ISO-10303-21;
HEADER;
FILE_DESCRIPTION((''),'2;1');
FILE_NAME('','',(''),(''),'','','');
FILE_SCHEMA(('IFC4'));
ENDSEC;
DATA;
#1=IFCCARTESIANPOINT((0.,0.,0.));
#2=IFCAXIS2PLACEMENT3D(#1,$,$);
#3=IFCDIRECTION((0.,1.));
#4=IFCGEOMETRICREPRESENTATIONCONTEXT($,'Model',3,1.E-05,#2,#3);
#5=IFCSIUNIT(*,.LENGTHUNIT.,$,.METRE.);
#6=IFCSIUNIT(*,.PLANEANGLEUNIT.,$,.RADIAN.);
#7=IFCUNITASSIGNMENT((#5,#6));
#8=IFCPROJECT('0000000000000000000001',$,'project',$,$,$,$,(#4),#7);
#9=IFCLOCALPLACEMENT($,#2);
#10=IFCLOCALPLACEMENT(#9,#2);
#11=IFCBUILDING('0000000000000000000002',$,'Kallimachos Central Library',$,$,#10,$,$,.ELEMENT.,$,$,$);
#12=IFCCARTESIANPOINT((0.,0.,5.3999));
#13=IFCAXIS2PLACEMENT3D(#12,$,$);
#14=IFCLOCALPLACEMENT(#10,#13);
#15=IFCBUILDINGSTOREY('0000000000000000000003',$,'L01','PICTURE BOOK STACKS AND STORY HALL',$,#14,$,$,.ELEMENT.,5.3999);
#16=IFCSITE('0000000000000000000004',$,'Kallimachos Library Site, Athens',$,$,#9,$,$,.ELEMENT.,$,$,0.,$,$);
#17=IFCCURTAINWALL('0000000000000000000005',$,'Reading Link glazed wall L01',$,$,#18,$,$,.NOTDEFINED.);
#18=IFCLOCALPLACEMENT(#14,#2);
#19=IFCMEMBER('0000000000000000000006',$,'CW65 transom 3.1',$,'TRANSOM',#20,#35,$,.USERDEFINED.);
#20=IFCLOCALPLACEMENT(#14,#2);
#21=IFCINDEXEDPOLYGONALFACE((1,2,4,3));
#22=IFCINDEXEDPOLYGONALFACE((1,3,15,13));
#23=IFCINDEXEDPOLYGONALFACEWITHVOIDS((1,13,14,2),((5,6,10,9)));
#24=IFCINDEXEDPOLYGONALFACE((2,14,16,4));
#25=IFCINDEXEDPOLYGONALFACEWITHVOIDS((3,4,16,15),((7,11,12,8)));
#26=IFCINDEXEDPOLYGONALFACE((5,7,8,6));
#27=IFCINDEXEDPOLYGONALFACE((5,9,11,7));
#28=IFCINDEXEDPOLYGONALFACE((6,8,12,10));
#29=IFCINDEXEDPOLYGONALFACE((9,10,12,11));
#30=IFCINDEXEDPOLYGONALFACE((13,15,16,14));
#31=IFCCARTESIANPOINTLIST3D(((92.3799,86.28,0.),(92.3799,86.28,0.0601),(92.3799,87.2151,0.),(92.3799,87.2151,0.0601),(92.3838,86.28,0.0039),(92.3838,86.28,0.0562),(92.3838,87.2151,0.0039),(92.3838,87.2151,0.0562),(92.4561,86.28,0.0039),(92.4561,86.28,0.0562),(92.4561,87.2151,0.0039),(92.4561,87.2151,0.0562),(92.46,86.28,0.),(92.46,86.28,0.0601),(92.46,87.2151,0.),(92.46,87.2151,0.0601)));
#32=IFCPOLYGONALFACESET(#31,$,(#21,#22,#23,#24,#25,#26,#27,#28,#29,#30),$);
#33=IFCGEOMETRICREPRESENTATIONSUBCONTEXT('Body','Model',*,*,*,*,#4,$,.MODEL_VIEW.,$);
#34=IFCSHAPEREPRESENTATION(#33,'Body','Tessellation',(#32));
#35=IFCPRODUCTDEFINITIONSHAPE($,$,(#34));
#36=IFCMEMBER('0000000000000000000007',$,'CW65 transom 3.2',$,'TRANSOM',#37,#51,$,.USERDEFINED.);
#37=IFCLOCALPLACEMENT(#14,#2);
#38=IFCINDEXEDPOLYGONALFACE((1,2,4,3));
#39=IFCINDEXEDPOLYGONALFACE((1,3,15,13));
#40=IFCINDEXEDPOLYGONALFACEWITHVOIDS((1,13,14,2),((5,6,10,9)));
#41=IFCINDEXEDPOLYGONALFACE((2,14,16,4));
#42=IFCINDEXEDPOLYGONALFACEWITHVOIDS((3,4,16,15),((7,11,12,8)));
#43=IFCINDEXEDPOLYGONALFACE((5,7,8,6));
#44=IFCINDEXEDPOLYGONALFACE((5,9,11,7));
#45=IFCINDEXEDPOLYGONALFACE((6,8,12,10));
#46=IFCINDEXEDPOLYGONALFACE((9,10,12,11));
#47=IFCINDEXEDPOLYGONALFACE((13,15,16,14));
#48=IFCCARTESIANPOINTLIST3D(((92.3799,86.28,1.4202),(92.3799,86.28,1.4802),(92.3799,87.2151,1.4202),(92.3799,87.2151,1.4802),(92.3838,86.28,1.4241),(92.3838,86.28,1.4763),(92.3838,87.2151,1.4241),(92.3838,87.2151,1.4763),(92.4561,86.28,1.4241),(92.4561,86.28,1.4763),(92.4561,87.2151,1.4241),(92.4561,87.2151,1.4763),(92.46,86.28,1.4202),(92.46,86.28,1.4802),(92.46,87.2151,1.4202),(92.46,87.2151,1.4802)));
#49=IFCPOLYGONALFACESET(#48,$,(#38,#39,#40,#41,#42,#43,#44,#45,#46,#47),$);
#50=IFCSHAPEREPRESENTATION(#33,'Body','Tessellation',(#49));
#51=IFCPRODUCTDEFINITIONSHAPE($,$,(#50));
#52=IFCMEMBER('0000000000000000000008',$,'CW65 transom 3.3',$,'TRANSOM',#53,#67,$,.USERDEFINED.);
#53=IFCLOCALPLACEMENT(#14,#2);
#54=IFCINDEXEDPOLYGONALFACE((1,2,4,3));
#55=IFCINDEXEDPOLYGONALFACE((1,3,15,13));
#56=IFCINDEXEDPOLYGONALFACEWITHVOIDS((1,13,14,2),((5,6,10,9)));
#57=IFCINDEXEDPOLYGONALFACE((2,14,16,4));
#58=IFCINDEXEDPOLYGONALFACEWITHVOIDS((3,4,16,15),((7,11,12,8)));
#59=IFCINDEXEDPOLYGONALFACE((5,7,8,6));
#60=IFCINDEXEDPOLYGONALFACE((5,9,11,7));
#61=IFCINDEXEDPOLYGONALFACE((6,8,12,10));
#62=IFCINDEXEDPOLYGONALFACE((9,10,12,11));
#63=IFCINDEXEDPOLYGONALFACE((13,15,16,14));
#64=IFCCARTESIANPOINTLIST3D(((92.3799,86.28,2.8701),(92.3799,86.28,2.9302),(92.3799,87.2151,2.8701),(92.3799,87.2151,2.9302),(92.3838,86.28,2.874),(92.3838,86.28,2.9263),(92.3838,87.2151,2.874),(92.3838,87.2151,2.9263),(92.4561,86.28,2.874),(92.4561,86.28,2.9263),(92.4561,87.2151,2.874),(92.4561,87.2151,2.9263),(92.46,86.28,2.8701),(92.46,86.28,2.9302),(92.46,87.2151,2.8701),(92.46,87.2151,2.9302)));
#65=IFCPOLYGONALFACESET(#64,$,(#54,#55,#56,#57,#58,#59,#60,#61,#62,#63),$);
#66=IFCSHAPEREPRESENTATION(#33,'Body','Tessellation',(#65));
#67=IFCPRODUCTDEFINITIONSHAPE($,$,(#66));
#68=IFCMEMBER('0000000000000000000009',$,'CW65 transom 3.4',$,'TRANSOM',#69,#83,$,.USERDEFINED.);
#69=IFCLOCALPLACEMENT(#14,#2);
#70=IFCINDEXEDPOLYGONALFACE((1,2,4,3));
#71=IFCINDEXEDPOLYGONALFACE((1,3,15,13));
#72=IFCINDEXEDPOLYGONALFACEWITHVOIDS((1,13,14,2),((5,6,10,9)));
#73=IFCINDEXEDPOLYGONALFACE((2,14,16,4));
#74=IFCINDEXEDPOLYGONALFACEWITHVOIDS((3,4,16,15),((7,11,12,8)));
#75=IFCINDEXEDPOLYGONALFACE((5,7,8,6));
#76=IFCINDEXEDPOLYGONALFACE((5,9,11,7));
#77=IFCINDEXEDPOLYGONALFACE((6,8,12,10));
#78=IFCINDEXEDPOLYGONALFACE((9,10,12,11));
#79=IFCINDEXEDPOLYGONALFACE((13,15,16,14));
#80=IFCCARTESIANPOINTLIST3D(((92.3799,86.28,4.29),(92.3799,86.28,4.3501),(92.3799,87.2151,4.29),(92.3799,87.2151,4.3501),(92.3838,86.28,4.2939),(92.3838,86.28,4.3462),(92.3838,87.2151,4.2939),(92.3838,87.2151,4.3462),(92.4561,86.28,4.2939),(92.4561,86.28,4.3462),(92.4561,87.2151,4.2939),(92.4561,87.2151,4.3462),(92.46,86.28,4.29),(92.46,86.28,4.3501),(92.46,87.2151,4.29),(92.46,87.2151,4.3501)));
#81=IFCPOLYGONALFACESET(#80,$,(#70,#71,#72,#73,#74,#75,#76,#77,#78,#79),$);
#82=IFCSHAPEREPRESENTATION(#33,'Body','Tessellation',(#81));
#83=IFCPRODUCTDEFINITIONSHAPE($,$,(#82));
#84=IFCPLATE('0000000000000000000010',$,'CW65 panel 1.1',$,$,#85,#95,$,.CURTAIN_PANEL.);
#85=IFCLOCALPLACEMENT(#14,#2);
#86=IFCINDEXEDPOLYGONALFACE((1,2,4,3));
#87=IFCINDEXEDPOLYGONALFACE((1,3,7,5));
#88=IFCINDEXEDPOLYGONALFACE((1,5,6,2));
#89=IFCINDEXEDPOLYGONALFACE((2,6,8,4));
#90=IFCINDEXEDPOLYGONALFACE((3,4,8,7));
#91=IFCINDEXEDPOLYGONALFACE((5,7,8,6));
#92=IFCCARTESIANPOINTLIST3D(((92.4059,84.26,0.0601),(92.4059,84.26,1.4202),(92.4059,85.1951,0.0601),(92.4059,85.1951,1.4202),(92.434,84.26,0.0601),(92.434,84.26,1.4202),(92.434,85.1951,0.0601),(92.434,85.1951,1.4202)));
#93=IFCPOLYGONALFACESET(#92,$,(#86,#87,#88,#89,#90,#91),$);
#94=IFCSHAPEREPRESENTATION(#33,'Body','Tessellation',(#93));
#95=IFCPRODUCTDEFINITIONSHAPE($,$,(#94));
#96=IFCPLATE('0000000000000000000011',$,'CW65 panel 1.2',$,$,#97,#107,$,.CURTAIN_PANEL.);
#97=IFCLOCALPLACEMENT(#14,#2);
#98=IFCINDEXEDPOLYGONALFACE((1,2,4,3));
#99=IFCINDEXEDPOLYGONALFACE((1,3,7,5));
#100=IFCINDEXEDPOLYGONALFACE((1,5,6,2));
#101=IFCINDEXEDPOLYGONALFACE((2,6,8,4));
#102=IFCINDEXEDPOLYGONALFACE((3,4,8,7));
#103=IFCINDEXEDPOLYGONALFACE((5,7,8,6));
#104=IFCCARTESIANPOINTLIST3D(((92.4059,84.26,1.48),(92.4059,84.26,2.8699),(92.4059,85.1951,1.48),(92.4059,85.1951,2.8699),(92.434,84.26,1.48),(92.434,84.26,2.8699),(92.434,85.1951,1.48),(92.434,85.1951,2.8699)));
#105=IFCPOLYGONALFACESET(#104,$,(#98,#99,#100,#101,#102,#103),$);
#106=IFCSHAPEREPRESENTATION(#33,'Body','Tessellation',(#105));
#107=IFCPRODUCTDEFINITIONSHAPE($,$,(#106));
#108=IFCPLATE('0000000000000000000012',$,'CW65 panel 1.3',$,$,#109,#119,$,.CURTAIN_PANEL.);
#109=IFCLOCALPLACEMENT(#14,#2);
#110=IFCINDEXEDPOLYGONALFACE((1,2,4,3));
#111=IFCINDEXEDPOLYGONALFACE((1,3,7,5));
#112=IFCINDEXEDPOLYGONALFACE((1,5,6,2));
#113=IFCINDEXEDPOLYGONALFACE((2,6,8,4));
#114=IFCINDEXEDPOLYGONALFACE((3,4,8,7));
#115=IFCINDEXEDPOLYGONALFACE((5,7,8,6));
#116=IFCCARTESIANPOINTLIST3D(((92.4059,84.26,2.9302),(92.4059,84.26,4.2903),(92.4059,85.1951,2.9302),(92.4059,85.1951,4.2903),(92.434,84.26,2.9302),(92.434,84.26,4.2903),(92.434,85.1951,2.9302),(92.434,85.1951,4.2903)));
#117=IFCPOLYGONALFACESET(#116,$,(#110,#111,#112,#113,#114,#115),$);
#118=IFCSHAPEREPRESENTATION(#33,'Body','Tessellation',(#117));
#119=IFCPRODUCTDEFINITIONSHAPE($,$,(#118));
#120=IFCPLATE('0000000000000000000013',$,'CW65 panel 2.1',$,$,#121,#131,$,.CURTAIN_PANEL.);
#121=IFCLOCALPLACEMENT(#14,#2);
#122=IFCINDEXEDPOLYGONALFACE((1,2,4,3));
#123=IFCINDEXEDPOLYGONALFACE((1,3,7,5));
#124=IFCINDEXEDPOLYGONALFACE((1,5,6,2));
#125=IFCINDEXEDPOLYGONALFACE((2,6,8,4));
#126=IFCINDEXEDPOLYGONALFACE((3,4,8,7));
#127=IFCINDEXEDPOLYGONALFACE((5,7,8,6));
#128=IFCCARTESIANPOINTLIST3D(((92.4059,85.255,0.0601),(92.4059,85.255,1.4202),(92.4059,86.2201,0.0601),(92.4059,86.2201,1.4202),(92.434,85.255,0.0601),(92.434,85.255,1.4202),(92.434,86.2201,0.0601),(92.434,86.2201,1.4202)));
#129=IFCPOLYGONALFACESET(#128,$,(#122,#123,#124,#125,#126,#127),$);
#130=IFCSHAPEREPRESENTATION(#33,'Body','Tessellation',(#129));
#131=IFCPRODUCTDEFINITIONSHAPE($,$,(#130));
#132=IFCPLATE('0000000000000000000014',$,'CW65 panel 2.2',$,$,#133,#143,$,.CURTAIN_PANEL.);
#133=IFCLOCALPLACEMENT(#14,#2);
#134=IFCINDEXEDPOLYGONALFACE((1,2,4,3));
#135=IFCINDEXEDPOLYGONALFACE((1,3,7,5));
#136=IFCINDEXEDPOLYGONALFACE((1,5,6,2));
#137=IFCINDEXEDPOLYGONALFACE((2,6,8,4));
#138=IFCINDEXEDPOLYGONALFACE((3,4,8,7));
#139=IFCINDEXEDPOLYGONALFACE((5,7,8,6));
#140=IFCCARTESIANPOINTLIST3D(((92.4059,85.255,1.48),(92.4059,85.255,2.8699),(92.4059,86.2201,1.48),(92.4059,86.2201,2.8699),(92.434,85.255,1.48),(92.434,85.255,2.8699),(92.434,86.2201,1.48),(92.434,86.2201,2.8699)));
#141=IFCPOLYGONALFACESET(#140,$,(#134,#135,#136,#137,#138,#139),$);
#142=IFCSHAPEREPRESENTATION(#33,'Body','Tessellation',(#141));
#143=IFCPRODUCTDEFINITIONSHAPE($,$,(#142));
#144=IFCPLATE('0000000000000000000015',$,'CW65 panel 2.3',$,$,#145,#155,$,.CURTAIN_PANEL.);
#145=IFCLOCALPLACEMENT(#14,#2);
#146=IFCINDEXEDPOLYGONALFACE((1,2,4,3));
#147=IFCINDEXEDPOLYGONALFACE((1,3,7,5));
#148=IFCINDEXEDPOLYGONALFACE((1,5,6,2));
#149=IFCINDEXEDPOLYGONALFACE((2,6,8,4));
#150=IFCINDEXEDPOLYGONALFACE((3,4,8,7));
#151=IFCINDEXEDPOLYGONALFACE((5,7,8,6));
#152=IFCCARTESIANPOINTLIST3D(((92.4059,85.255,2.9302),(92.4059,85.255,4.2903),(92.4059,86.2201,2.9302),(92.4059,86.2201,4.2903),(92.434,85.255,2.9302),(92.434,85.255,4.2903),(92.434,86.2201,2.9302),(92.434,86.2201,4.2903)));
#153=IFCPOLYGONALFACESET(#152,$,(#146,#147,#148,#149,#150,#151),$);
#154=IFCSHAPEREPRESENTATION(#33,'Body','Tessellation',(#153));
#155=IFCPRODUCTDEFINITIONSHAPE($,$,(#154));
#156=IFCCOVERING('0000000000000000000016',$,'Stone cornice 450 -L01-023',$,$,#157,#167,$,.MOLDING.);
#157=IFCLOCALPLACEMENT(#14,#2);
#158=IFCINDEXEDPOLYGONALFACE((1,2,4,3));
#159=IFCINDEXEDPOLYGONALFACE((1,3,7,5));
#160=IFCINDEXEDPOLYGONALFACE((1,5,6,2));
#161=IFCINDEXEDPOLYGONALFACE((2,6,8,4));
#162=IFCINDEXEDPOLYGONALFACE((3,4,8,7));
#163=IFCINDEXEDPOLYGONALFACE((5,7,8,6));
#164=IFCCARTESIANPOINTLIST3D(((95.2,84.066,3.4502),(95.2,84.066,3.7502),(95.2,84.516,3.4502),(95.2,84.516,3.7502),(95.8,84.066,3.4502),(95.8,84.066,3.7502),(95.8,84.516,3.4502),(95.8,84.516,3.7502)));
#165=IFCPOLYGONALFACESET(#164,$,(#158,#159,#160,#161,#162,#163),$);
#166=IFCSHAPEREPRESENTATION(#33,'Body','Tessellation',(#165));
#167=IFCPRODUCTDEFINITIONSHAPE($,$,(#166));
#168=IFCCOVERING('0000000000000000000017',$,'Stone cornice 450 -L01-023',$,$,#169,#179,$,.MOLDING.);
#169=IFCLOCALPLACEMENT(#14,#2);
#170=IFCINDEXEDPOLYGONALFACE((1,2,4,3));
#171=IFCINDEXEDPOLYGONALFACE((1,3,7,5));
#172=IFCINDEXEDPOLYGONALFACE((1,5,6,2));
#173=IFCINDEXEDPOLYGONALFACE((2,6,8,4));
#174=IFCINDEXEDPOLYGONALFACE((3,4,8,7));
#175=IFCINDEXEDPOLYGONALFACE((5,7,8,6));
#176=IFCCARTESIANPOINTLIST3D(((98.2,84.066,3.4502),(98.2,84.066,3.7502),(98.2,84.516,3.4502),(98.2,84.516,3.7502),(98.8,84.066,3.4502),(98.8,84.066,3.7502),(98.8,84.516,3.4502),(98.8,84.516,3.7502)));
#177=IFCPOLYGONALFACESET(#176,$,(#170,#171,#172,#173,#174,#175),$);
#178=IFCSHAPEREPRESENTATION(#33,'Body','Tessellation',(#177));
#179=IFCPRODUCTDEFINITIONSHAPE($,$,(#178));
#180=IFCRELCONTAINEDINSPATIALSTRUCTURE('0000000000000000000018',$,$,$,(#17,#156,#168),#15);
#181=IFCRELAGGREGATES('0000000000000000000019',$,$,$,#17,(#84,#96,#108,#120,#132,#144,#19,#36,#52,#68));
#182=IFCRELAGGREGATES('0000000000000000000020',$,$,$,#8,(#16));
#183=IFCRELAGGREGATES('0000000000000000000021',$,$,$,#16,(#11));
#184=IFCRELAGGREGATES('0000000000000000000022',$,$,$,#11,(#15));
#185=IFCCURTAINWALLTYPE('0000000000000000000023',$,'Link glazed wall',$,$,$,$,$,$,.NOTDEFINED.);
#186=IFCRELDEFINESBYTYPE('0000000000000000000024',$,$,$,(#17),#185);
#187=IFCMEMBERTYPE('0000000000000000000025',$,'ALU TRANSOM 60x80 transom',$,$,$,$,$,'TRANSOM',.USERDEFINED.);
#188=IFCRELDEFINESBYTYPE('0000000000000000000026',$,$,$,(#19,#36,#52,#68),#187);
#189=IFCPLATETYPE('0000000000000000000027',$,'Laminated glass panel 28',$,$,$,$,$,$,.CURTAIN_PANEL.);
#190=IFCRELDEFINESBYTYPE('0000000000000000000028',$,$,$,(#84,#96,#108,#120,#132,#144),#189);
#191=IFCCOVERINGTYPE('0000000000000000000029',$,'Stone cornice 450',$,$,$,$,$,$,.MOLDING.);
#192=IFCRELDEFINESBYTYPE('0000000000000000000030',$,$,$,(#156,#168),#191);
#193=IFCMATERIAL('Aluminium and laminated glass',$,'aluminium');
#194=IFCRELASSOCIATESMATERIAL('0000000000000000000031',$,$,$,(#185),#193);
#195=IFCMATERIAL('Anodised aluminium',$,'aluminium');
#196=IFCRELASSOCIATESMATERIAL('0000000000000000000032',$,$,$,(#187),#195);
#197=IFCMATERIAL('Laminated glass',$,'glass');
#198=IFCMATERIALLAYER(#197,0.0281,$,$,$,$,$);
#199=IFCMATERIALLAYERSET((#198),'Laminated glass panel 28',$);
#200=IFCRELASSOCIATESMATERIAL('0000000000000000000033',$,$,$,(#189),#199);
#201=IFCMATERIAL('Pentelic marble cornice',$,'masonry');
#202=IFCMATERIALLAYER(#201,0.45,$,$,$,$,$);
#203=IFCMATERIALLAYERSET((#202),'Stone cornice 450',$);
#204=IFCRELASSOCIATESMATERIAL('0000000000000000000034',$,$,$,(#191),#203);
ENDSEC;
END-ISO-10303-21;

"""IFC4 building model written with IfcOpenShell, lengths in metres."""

from ifc_helpers import new_model, si_unit, direction, frame, origin, origin_2d, place, context, subcontext, project, spatial, rectangle, hollow_rectangle, extrude, material, layer, layer_set, material_profile, profile_set, type_object, element, aggregate, save


model = new_model("IFC4")

# Units and contexts
model_context = context("Model", 3, precision=1e-05, world=origin(), true_north=direction((0.0, 1.0)))
body_context = subcontext(model_context, "Body", "Model", "MODEL_VIEW")
ifc_project = project(units=[si_unit("LENGTHUNIT", "METRE"), si_unit("PLANEANGLEUNIT", "RADIAN")], contexts=[model_context])

# Site, building, storey
site_placement = place(None, origin())
site = spatial("IfcSite", under=ifc_project, at=site_placement, Name="Kallimachos Library Site, Athens", CompositionType="ELEMENT", RefElevation=0.0)
building_placement = place(site_placement, origin())
building = spatial("IfcBuilding", under=site, at=building_placement, Name="Kallimachos Central Library", CompositionType="ELEMENT")
storey_placement = place(building_placement, frame((0.0, 0.0, 5.3999)))
storey = spatial("IfcBuildingStorey", under=building, at=storey_placement, Name="L01", Description="PICTURE BOOK STACKS AND STORY HALL", CompositionType="ELEMENT", Elevation=5.3999)

# Curtain wall, members, plates
ifc_material_1 = material(Name="Aluminium and laminated glass", Category="aluminium")
curtain_wall_type = type_object("IfcCurtainWallType", Name="Link glazed wall", PredefinedType="NOTDEFINED", material=ifc_material_1)
curtain_wall_placement = place(storey_placement, origin())
curtain_wall = element("IfcCurtainWall", 1, at=curtain_wall_placement, inside=storey, type_object=curtain_wall_type, Name="Reading Link glazed wall L01", PredefinedType="NOTDEFINED")
ifc_material_2 = material(Name="Anodised aluminium", Category="aluminium")
ifc_material_profile_1 = material_profile(ifc_material_2, hollow_rectangle(XDim=0.0601, YDim=0.0801, WallThickness=0.0039, at=origin_2d()), Name="ALU TRANSOM 60x80")
ifc_profile_set_1 = profile_set([ifc_material_profile_1], Name="Anodised aluminium")
member_type_1 = type_object("IfcMemberType", Name="ALU TRANSOM 60x80 transom", ElementType="TRANSOM", PredefinedType="USERDEFINED", material=ifc_profile_set_1)
member_1_placement = place(storey_placement, frame((92.4199, 86.28, 0.03), z_axis=(0.0, 1.0, 0.0), x_axis=(0.0, 0.0, 1.0)))
member_1 = element("IfcMember", 2, at=member_1_placement, type_object=member_type_1, Name="CW65 transom 3.1", ObjectType="TRANSOM", PredefinedType="USERDEFINED", context=body_context, shape_type="SweptSolid", body=[
    extrude(hollow_rectangle(XDim=0.0601, YDim=0.0801, WallThickness=0.0039, at=origin_2d()), origin(), (0.0, 0.0, 1.0), 0.9351),
])
member_2_placement = place(storey_placement, frame((92.4199, 86.28, 1.4502), z_axis=(0.0, 1.0, 0.0), x_axis=(0.0, 0.0, 1.0)))
member_2 = element("IfcMember", 3, at=member_2_placement, type_object=member_type_1, Name="CW65 transom 3.2", ObjectType="TRANSOM", PredefinedType="USERDEFINED", context=body_context, shape_type="SweptSolid", body=[
    extrude(hollow_rectangle(XDim=0.0601, YDim=0.0801, WallThickness=0.0039, at=origin_2d()), origin(), (0.0, 0.0, 1.0), 0.9351),
])
member_3_placement = place(storey_placement, frame((92.4199, 86.28, 2.9001), z_axis=(0.0, 1.0, 0.0), x_axis=(0.0, 0.0, 1.0)))
member_3 = element("IfcMember", 4, at=member_3_placement, type_object=member_type_1, Name="CW65 transom 3.3", ObjectType="TRANSOM", PredefinedType="USERDEFINED", context=body_context, shape_type="SweptSolid", body=[
    extrude(hollow_rectangle(XDim=0.0601, YDim=0.0801, WallThickness=0.0039, at=origin_2d()), origin(), (0.0, 0.0, 1.0), 0.9351),
])
member_4_placement = place(storey_placement, frame((92.4199, 86.28, 4.3201), z_axis=(0.0, 1.0, 0.0), x_axis=(0.0, 0.0, 1.0)))
member_4 = element("IfcMember", 5, at=member_4_placement, type_object=member_type_1, Name="CW65 transom 3.4", ObjectType="TRANSOM", PredefinedType="USERDEFINED", context=body_context, shape_type="SweptSolid", body=[
    extrude(hollow_rectangle(XDim=0.0601, YDim=0.0801, WallThickness=0.0039, at=origin_2d()), origin(), (0.0, 0.0, 1.0), 0.9351),
])
ifc_material_3 = material(Name="Laminated glass", Category="glass")
ifc_layer_1 = layer(ifc_material_3, 0.0281)
ifc_layer_set_1 = layer_set([ifc_layer_1], Name="Laminated glass panel 28")
plate_type = type_object("IfcPlateType", Name="Laminated glass panel 28", PredefinedType="CURTAIN_PANEL", material=ifc_layer_set_1)
plate_1_placement = place(storey_placement, frame((92.4199, 84.7275, 0.0601), z_axis=(0.0, 0.0, 1.0), x_axis=(0.0, 1.0, 0.0)))
plate_1 = element("IfcPlate", 6, at=plate_1_placement, type_object=plate_type, Name="CW65 panel 1.1", PredefinedType="CURTAIN_PANEL", context=body_context, shape_type="SweptSolid", body=[
    extrude(rectangle(XDim=0.9351, YDim=0.0281, at=origin_2d()), origin(), (0.0, 0.0, 1.0), 1.3601),
])
plate_2_placement = place(storey_placement, frame((92.4199, 84.7275, 1.48), z_axis=(0.0, 0.0, 1.0), x_axis=(0.0, 1.0, 0.0)))
plate_2 = element("IfcPlate", 7, at=plate_2_placement, type_object=plate_type, Name="CW65 panel 1.2", PredefinedType="CURTAIN_PANEL", context=body_context, shape_type="SweptSolid", body=[
    extrude(rectangle(XDim=0.9351, YDim=0.0281, at=origin_2d()), origin(), (0.0, 0.0, 1.0), 1.3899),
])
plate_3_placement = place(storey_placement, frame((92.4199, 84.7275, 2.9302), z_axis=(0.0, 0.0, 1.0), x_axis=(0.0, 1.0, 0.0)))
plate_3 = element("IfcPlate", 8, at=plate_3_placement, type_object=plate_type, Name="CW65 panel 1.3", PredefinedType="CURTAIN_PANEL", context=body_context, shape_type="SweptSolid", body=[
    extrude(rectangle(XDim=0.9351, YDim=0.0281, at=origin_2d()), origin(), (0.0, 0.0, 1.0), 1.3601),
])
plate_4_placement = place(storey_placement, frame((92.4199, 85.7375, 0.0601), z_axis=(0.0, 0.0, 1.0), x_axis=(0.0, 1.0, 0.0)))
plate_4 = element("IfcPlate", 9, at=plate_4_placement, type_object=plate_type, Name="CW65 panel 2.1", PredefinedType="CURTAIN_PANEL", context=body_context, shape_type="SweptSolid", body=[
    extrude(rectangle(XDim=0.9651, YDim=0.0281, at=origin_2d()), origin(), (0.0, 0.0, 1.0), 1.3601),
])
plate_5_placement = place(storey_placement, frame((92.4199, 85.7375, 1.48), z_axis=(0.0, 0.0, 1.0), x_axis=(0.0, 1.0, 0.0)))
plate_5 = element("IfcPlate", 10, at=plate_5_placement, type_object=plate_type, Name="CW65 panel 2.2", PredefinedType="CURTAIN_PANEL", context=body_context, shape_type="SweptSolid", body=[
    extrude(rectangle(XDim=0.9651, YDim=0.0281, at=origin_2d()), origin(), (0.0, 0.0, 1.0), 1.3899),
])
plate_6_placement = place(storey_placement, frame((92.4199, 85.7375, 2.9302), z_axis=(0.0, 0.0, 1.0), x_axis=(0.0, 1.0, 0.0)))
plate_6 = element("IfcPlate", 11, at=plate_6_placement, type_object=plate_type, Name="CW65 panel 2.3", PredefinedType="CURTAIN_PANEL", context=body_context, shape_type="SweptSolid", body=[
    extrude(rectangle(XDim=0.9651, YDim=0.0281, at=origin_2d()), origin(), (0.0, 0.0, 1.0), 1.3601),
])
aggregate(curtain_wall, [plate_1, plate_2, plate_3, plate_4, plate_5, plate_6, member_1, member_2, member_3, member_4])

# Coverings
ifc_material_4 = material(Name="Pentelic marble cornice", Category="masonry")
ifc_layer_2 = layer(ifc_material_4, 0.45)
ifc_layer_set_2 = layer_set([ifc_layer_2], Name="Stone cornice 450")
covering_type = type_object("IfcCoveringType", Name="Stone cornice 450", PredefinedType="MOLDING", material=ifc_layer_set_2)
for number, where, z_axis, x_axis, name in (
    (12, (95.5, 84.291, 3.4502), (0.0, 0.0, 1.0), (1.0, 0.0, 0.0), "Stone cornice 450 -L01-023"),
    (13, (98.5, 84.291, 3.4502), (0.0, 0.0, 1.0), (1.0, 0.0, 0.0), "Stone cornice 450 -L01-023"),
):
    element("IfcCovering", number, at=place(storey_placement, frame(where, z_axis=z_axis, x_axis=x_axis)), inside=storey, type_object=covering_type, Name=name, PredefinedType="MOLDING", context=body_context, shape_type="SweptSolid", body=[
        extrude(rectangle(XDim=0.6001, YDim=0.45, at=origin_2d()), origin(), (0.0, 0.0, 1.0), 0.3),
    ])

save(model, "model.ifc")
